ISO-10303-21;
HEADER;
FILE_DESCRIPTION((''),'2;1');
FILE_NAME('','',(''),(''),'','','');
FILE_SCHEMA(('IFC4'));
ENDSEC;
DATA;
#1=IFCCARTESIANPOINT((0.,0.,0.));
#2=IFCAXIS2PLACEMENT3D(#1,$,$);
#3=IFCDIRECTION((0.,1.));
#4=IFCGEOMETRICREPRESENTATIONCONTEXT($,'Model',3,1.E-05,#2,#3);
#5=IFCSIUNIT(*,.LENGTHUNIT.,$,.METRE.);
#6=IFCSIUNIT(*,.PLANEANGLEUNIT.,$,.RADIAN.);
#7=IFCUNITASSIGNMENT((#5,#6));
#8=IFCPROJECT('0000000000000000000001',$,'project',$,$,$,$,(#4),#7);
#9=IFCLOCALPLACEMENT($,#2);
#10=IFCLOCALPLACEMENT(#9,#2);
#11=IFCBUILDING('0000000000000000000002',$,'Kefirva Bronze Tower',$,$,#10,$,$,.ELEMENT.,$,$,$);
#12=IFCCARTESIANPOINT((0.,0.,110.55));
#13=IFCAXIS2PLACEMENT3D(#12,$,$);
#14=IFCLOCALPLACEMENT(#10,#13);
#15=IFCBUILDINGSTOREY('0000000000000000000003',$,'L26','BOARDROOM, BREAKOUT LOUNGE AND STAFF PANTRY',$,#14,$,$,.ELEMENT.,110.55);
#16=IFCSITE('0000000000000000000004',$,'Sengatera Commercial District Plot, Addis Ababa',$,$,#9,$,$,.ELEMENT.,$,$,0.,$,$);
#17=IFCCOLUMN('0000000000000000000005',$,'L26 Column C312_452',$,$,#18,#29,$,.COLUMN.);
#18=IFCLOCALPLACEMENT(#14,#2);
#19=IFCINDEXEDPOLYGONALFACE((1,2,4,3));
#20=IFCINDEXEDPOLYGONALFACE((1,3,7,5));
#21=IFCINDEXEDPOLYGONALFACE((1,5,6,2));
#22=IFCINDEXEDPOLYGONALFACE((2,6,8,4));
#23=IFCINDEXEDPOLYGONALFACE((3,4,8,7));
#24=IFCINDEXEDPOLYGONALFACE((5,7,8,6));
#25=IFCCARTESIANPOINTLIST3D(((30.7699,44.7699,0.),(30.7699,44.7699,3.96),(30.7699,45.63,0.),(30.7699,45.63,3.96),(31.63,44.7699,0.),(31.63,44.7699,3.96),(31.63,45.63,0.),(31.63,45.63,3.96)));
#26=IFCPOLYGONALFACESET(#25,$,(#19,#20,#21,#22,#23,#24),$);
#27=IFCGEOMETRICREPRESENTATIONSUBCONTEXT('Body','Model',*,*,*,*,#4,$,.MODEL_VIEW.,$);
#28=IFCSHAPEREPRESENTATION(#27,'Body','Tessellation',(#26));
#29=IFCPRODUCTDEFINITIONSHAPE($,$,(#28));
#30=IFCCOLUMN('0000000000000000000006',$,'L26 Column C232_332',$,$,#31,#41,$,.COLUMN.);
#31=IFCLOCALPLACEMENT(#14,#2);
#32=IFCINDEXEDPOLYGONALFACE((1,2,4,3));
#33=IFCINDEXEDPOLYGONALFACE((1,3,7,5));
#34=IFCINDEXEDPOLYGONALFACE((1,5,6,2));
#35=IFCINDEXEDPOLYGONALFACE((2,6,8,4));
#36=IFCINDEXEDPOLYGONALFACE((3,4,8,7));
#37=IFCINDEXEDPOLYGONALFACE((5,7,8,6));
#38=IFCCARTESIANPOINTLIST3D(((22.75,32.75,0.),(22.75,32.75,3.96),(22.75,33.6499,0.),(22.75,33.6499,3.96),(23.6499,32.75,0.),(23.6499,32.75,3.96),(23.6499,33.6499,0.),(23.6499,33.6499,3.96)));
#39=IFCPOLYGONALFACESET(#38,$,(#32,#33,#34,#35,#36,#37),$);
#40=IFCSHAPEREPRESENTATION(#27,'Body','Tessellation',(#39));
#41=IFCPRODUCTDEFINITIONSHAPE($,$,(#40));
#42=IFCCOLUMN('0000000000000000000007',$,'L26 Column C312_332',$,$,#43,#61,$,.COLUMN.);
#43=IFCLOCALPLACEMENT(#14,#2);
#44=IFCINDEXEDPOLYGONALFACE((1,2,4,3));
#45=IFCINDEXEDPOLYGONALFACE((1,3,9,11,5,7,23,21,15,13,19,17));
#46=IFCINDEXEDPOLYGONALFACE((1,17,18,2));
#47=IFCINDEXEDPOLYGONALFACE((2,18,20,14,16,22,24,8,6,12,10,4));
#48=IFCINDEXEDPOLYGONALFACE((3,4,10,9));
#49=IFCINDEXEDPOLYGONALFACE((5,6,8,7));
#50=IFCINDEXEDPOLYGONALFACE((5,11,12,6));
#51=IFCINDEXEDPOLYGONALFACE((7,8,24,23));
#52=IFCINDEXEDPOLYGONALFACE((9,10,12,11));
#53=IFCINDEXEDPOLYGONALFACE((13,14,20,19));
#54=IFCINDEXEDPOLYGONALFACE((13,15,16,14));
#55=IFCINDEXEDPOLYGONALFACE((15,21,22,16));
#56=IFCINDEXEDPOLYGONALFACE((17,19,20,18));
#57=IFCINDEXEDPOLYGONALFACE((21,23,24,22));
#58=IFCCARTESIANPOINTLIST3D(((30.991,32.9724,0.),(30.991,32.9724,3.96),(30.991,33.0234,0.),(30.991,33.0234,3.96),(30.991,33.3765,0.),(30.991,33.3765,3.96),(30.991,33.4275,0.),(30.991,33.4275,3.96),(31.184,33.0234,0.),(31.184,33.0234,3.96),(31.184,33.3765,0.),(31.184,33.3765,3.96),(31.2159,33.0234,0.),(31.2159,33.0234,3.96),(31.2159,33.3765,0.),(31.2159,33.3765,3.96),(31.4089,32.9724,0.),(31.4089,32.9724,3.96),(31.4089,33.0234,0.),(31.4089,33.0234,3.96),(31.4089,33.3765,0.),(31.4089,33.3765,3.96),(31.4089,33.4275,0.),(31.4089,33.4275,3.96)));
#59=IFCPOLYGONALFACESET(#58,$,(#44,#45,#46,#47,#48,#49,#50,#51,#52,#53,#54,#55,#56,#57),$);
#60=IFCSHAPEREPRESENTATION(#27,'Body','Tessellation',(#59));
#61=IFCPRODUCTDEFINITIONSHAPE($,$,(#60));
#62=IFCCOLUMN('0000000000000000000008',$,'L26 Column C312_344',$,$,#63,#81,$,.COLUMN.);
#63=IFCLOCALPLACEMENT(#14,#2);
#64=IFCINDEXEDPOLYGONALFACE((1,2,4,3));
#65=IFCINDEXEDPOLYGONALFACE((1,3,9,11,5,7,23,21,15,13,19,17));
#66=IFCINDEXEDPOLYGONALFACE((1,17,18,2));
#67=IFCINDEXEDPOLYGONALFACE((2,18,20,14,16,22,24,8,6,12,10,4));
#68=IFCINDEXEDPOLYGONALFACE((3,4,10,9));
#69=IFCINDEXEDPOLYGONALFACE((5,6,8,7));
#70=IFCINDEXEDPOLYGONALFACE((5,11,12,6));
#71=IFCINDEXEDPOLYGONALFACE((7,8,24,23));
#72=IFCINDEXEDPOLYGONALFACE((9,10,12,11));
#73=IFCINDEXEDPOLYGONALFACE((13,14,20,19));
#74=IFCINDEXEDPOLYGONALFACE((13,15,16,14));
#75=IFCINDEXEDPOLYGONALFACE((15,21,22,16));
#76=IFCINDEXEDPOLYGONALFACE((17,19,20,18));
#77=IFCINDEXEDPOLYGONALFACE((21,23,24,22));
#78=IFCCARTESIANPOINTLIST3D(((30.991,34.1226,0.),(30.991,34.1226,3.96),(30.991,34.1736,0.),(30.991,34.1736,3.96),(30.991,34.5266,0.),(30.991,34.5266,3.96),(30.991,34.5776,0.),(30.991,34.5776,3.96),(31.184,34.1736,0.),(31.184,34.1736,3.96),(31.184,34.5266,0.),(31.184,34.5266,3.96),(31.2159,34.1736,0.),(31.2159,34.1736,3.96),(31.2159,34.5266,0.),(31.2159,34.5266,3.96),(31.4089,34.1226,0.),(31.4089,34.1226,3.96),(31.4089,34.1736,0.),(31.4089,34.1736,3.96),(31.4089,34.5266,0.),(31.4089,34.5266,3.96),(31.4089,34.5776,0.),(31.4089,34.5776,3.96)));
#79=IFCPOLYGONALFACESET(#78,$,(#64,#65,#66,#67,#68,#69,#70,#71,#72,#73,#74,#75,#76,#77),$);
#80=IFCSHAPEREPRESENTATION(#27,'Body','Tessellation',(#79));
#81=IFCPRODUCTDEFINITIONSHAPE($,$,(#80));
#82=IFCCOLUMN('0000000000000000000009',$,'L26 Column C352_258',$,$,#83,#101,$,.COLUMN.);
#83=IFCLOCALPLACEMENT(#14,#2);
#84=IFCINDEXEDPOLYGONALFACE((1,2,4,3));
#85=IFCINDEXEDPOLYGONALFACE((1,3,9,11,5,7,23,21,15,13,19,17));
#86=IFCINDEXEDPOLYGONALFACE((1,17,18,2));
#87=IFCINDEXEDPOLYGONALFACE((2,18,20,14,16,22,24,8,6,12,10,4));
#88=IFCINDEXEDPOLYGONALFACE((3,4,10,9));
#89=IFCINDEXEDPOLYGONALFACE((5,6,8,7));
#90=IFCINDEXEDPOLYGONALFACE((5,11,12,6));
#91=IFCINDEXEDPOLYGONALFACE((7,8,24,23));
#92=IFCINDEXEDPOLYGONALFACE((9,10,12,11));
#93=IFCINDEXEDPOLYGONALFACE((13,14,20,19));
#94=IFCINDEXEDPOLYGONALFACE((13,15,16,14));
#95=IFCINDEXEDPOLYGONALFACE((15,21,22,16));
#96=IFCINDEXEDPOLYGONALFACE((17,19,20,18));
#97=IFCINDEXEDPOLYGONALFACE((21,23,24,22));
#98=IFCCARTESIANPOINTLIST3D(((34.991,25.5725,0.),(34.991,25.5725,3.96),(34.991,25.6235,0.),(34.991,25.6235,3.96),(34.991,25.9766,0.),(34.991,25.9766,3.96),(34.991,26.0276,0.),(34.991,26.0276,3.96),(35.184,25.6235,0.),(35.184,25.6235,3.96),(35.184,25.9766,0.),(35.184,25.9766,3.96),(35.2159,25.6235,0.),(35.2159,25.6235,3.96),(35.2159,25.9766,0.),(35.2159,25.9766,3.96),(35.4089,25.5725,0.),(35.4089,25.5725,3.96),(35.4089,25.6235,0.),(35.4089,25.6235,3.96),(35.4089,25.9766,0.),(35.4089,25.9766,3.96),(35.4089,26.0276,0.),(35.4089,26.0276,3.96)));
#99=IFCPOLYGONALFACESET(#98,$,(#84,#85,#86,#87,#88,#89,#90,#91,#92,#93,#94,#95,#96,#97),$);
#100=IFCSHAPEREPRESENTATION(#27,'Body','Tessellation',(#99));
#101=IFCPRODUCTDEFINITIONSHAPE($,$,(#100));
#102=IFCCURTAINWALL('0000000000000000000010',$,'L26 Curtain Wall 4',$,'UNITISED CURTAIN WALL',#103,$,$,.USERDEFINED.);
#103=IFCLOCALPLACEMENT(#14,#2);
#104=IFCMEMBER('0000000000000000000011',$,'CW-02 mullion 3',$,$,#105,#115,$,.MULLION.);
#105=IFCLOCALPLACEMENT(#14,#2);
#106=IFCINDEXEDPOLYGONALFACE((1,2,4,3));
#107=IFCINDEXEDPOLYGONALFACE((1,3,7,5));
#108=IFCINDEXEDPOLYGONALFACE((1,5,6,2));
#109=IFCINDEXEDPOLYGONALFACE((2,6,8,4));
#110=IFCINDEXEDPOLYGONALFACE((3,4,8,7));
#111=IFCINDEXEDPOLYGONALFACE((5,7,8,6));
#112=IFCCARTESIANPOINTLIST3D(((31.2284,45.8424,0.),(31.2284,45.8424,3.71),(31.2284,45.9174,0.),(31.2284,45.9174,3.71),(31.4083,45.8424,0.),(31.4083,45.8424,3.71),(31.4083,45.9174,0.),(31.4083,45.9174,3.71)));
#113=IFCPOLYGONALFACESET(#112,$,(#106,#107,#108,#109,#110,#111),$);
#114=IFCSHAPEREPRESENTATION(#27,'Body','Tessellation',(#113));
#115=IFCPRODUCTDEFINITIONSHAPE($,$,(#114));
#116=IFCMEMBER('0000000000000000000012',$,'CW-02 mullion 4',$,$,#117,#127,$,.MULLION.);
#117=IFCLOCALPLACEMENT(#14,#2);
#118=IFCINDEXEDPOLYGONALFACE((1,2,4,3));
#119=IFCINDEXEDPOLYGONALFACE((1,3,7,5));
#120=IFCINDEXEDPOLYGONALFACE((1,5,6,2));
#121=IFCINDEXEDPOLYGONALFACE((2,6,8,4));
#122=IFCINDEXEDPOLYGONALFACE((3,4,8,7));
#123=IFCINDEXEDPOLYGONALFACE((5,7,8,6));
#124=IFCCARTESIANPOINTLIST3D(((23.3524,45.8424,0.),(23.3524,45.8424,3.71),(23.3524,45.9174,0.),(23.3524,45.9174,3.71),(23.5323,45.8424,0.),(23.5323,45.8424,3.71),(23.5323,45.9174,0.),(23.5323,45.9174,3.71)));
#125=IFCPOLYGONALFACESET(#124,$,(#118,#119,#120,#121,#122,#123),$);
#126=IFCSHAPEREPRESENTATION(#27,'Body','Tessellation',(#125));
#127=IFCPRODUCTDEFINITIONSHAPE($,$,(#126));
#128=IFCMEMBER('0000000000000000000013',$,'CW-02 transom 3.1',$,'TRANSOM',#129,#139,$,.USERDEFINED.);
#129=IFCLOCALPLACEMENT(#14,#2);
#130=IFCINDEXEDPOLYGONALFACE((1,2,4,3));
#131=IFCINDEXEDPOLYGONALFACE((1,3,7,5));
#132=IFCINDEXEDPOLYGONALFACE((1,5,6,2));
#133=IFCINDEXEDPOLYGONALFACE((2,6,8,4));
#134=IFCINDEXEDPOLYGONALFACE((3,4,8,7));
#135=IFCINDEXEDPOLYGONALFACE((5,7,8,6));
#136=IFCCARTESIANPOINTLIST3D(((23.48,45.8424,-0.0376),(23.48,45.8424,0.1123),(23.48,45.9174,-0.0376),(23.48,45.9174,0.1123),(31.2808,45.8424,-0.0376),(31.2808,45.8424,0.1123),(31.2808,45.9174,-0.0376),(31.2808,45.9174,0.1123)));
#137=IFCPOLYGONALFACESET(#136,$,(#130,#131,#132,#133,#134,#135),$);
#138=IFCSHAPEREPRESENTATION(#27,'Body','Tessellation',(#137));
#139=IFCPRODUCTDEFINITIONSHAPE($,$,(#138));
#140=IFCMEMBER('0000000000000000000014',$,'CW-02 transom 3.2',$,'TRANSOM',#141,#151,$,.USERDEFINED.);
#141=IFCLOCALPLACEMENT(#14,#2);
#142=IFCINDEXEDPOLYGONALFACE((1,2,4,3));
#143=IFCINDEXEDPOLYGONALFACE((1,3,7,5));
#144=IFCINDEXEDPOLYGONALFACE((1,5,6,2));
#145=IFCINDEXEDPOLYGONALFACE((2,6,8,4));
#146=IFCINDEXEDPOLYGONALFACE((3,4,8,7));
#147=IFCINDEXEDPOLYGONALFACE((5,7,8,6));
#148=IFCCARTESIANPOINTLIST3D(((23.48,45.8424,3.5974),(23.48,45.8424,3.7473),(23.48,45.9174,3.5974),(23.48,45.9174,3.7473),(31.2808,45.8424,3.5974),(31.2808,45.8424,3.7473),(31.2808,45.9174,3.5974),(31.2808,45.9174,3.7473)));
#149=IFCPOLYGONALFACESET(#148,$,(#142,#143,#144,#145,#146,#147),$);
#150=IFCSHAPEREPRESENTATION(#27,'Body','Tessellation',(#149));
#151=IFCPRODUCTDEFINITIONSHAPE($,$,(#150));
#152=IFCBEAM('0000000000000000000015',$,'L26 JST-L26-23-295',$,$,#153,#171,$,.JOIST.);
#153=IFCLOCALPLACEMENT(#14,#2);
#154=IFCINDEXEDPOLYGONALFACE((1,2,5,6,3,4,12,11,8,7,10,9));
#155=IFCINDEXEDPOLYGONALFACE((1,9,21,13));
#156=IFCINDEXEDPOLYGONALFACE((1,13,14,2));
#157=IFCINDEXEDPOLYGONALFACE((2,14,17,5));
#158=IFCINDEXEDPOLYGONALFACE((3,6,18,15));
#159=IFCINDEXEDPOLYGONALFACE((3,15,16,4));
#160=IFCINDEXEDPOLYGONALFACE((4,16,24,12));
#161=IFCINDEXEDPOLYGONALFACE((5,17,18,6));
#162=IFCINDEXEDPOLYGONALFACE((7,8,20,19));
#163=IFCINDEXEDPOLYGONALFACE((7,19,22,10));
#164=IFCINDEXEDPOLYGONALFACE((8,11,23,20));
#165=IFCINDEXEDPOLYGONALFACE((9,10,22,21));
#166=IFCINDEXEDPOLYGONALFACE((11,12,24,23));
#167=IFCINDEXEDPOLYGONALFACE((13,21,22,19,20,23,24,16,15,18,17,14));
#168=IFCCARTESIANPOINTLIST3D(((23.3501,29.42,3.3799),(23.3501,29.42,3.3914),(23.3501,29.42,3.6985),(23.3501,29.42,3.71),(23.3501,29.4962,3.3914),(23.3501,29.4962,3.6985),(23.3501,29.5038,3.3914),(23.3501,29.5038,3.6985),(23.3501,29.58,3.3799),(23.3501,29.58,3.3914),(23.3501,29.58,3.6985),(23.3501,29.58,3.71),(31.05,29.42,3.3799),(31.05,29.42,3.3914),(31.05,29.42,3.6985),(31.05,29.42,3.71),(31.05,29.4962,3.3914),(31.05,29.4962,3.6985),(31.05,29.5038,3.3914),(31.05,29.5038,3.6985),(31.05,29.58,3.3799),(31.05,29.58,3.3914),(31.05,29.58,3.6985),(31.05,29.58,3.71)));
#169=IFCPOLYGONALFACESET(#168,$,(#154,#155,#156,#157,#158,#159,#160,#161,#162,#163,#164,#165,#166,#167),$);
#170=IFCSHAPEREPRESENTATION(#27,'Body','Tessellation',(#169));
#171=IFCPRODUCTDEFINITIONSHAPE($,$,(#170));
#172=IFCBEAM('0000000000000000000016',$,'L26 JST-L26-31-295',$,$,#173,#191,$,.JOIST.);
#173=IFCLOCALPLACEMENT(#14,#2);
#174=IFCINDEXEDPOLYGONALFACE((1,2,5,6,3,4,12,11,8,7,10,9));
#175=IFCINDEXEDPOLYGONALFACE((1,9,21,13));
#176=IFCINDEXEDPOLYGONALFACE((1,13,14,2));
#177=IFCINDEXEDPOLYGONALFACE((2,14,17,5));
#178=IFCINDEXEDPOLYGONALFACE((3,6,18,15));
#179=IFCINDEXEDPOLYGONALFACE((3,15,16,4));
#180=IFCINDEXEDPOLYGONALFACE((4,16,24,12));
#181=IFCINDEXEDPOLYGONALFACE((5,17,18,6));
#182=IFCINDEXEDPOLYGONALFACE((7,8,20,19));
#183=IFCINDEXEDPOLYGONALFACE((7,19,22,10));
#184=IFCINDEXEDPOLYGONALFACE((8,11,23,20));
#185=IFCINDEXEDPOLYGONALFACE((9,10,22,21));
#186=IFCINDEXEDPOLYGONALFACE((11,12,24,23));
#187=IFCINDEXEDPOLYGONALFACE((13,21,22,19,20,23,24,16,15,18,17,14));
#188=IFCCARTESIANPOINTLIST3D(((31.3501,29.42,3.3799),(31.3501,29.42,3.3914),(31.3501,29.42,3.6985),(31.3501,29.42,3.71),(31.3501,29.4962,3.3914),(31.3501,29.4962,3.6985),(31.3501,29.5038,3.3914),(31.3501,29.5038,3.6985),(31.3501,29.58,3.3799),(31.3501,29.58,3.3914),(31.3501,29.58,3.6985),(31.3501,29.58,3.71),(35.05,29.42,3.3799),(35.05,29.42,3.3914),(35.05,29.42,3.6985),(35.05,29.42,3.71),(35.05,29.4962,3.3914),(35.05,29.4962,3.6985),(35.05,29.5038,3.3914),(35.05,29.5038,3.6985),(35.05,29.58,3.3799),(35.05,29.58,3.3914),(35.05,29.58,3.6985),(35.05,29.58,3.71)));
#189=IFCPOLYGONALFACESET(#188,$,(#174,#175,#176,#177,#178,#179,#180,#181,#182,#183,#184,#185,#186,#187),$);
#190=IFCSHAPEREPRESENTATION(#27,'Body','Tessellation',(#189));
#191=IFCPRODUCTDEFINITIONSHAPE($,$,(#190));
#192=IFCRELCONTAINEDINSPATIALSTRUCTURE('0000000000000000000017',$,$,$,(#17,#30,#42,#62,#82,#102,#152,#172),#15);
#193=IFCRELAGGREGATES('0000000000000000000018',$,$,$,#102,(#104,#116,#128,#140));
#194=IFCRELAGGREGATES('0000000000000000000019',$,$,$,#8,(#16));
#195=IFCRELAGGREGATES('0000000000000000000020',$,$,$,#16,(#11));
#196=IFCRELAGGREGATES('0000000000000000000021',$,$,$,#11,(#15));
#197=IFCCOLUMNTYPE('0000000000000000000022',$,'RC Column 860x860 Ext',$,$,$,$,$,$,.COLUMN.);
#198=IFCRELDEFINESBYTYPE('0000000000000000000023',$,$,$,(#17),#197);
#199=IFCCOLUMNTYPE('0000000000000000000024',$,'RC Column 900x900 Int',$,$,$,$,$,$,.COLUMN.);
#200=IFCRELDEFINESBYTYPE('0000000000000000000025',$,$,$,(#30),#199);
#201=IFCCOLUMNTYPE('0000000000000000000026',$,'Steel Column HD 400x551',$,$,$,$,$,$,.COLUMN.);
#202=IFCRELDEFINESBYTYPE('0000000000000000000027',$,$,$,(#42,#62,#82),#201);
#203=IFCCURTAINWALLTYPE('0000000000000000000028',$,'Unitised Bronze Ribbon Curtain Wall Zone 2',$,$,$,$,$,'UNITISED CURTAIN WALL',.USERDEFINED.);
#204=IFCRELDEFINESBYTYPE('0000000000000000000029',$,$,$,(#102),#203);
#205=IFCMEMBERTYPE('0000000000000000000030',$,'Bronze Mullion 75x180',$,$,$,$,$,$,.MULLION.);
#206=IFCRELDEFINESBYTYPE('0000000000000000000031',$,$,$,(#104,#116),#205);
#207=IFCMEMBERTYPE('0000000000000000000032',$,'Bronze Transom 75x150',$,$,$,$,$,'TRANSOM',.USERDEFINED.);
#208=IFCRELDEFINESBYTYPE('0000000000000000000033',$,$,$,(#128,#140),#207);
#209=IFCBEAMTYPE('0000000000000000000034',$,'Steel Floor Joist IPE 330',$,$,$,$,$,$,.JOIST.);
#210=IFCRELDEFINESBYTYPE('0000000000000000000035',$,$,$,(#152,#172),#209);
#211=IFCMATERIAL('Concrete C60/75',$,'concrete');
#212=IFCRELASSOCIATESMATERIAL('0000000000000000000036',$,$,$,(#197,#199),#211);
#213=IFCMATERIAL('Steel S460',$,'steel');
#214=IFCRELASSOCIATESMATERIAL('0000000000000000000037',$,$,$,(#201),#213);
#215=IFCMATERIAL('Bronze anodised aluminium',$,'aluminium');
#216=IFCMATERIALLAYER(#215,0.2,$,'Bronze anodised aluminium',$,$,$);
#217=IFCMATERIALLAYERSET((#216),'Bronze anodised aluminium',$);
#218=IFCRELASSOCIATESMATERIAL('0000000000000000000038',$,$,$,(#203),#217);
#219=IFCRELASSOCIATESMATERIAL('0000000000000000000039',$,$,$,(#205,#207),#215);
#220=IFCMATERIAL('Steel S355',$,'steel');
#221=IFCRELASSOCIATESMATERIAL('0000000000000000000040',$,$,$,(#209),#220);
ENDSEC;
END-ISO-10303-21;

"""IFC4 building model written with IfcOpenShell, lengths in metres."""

from ifc_helpers import new_model, si_unit, direction, frame, origin, origin_2d, place, context, subcontext, project, spatial, rectangle, i_section, extrude, material, layer, layer_set, material_profile, profile_set, type_object, element, aggregate, save


model = new_model("IFC4")

# Units and contexts
model_context = context("Model", 3, precision=1e-05, world=origin(), true_north=direction((0.0, 1.0)))
body_context = subcontext(model_context, "Body", "Model", "MODEL_VIEW")
ifc_project = project(units=[si_unit("LENGTHUNIT", "METRE"), si_unit("PLANEANGLEUNIT", "RADIAN")], contexts=[model_context])

# Site, building, storey
site_placement = place(None, origin())
site = spatial("IfcSite", under=ifc_project, at=site_placement, Name="Sengatera Commercial District Plot, Addis Ababa", CompositionType="ELEMENT", RefElevation=0.0)
building_placement = place(site_placement, origin())
building = spatial("IfcBuilding", under=site, at=building_placement, Name="Kefirva Bronze Tower", CompositionType="ELEMENT")
storey_placement = place(building_placement, frame((0.0, 0.0, 110.55)))
storey = spatial("IfcBuildingStorey", under=building, at=storey_placement, Name="L26", Description="BOARDROOM, BREAKOUT LOUNGE AND STAFF PANTRY", CompositionType="ELEMENT", Elevation=110.55)

# Columns
ifc_material_1 = material(Name="Concrete C60/75", Category="concrete")
ifc_material_profile_1 = material_profile(ifc_material_1, rectangle(XDim=0.8601, YDim=0.8601, at=origin_2d()), Name="RC 860x860")
ifc_profile_set_1 = profile_set([ifc_material_profile_1], Name="Concrete C60/75")
column_type_1 = type_object("IfcColumnType", Name="RC Column 860x860 Ext", PredefinedType="COLUMN", material=ifc_profile_set_1)
column_1_placement = place(storey_placement, frame((31.2, 45.2, 0.0), z_axis=(0.0, 0.0, 1.0), x_axis=(1.0, 0.0, 0.0)))
element("IfcColumn", 1, at=column_1_placement, inside=storey, type_object=column_type_1, Name="L26 Column C312_452", PredefinedType="COLUMN", context=body_context, shape_type="SweptSolid", body=[
    extrude(rectangle(XDim=0.8601, YDim=0.8601, at=origin_2d()), origin(), (0.0, 0.0, 1.0), 3.96),
])
ifc_material_profile_2 = material_profile(ifc_material_1, rectangle(XDim=0.8999, YDim=0.8999, at=origin_2d()), Name="RC 900x900")
ifc_profile_set_2 = profile_set([ifc_material_profile_2], Name="Concrete C60/75")
column_type_2 = type_object("IfcColumnType", Name="RC Column 900x900 Int", PredefinedType="COLUMN", material=ifc_profile_set_2)
column_2_placement = place(storey_placement, frame((23.2, 33.2, 0.0), z_axis=(0.0, 0.0, 1.0), x_axis=(1.0, 0.0, 0.0)))
element("IfcColumn", 2, at=column_2_placement, inside=storey, type_object=column_type_2, Name="L26 Column C232_332", PredefinedType="COLUMN", context=body_context, shape_type="SweptSolid", body=[
    extrude(rectangle(XDim=0.8999, YDim=0.8999, at=origin_2d()), origin(), (0.0, 0.0, 1.0), 3.96),
])
ifc_material_2 = material(Name="Steel S460", Category="steel")
ifc_material_profile_3 = material_profile(ifc_material_2, i_section(OverallWidth=0.418, OverallDepth=0.4551, WebThickness=0.032, FlangeThickness=0.051, at=origin_2d()), Name="HD 400x551")
ifc_profile_set_3 = profile_set([ifc_material_profile_3], Name="Steel S460")
column_type_3 = type_object("IfcColumnType", Name="Steel Column HD 400x551", PredefinedType="COLUMN", material=ifc_profile_set_3)
for number, where, z_axis, x_axis, name in (
    (3, (31.2, 33.2, 0.0), (0.0, 0.0, 1.0), (1.0, 0.0, 0.0), "L26 Column C312_332"),
    (4, (31.2, 34.3501, 0.0), (0.0, 0.0, 1.0), (1.0, 0.0, 0.0), "L26 Column C312_344"),
    (5, (35.2, 25.8, 0.0), (0.0, 0.0, 1.0), (1.0, 0.0, 0.0), "L26 Column C352_258"),
):
    element("IfcColumn", number, at=place(storey_placement, frame(where, z_axis=z_axis, x_axis=x_axis)), inside=storey, type_object=column_type_3, Name=name, PredefinedType="COLUMN", context=body_context, shape_type="SweptSolid", body=[
        extrude(i_section(OverallWidth=0.418, OverallDepth=0.4551, WebThickness=0.032, FlangeThickness=0.051, at=origin_2d()), origin(), (0.0, 0.0, 1.0), 3.96),
    ])

# Curtain wall, members
ifc_material_3 = material(Name="Bronze anodised aluminium", Category="aluminium")
ifc_layer_1 = layer(ifc_material_3, 0.2, Name="Bronze anodised aluminium")
ifc_layer_set_1 = layer_set([ifc_layer_1], Name="Bronze anodised aluminium")
curtain_wall_type = type_object("IfcCurtainWallType", Name="Unitised Bronze Ribbon Curtain Wall Zone 2", ElementType="UNITISED CURTAIN WALL", PredefinedType="USERDEFINED", material=ifc_layer_set_1)
curtain_wall_placement = place(storey_placement, origin())
curtain_wall = element("IfcCurtainWall", 6, at=curtain_wall_placement, inside=storey, type_object=curtain_wall_type, Name="L26 Curtain Wall 4", ObjectType="UNITISED CURTAIN WALL", PredefinedType="USERDEFINED")
ifc_material_profile_4 = material_profile(ifc_material_3, rectangle(XDim=0.075, YDim=0.1799, at=origin_2d()), Name="ALU 75x180")
ifc_profile_set_4 = profile_set([ifc_material_profile_4], Name="Bronze anodised aluminium")
member_type_1 = type_object("IfcMemberType", Name="Bronze Mullion 75x180", PredefinedType="MULLION", material=ifc_profile_set_4)
member_1_placement = place(storey_placement, frame((31.3184, 45.8799, 0.0), z_axis=(0.0, 0.0, 1.0), x_axis=(0.0, -1.0, 0.0)))
member_1 = element("IfcMember", 7, at=member_1_placement, type_object=member_type_1, Name="CW-02 mullion 3", PredefinedType="MULLION", context=body_context, shape_type="SweptSolid", body=[
    extrude(rectangle(XDim=0.075, YDim=0.1799, at=origin_2d()), origin(), (0.0, 0.0, 1.0), 3.71),
])
member_2_placement = place(storey_placement, frame((23.4424, 45.8799, 0.0), z_axis=(0.0, 0.0, 1.0), x_axis=(0.0, -1.0, 0.0)))
member_2 = element("IfcMember", 8, at=member_2_placement, type_object=member_type_1, Name="CW-02 mullion 4", PredefinedType="MULLION", context=body_context, shape_type="SweptSolid", body=[
    extrude(rectangle(XDim=0.075, YDim=0.1799, at=origin_2d()), origin(), (0.0, 0.0, 1.0), 3.71),
])
ifc_material_profile_5 = material_profile(ifc_material_3, rectangle(XDim=0.075, YDim=0.1499, at=origin_2d()), Name="ALU 75x150")
ifc_profile_set_5 = profile_set([ifc_material_profile_5], Name="Bronze anodised aluminium")
member_type_2 = type_object("IfcMemberType", Name="Bronze Transom 75x150", ElementType="TRANSOM", PredefinedType="USERDEFINED", material=ifc_profile_set_5)
member_3_placement = place(storey_placement, frame((31.2808, 45.8799, 0.0374), z_axis=(-1.0, 0.0, 0.0), x_axis=(0.0, -1.0, 0.0)))
member_3 = element("IfcMember", 9, at=member_3_placement, type_object=member_type_2, Name="CW-02 transom 3.1", ObjectType="TRANSOM", PredefinedType="USERDEFINED", context=body_context, shape_type="SweptSolid", body=[
    extrude(rectangle(XDim=0.075, YDim=0.1499, at=origin_2d()), origin(), (0.0, 0.0, 1.0), 7.8008),
])
member_4_placement = place(storey_placement, frame((31.2808, 45.8799, 3.6724), z_axis=(-1.0, 0.0, 0.0), x_axis=(0.0, -1.0, 0.0)))
member_4 = element("IfcMember", 10, at=member_4_placement, type_object=member_type_2, Name="CW-02 transom 3.2", ObjectType="TRANSOM", PredefinedType="USERDEFINED", context=body_context, shape_type="SweptSolid", body=[
    extrude(rectangle(XDim=0.075, YDim=0.1499, at=origin_2d()), origin(), (0.0, 0.0, 1.0), 7.8008),
])

# Beams
ifc_material_4 = material(Name="Steel S355", Category="steel")
ifc_material_profile_6 = material_profile(ifc_material_4, i_section(OverallWidth=0.1599, OverallDepth=0.3301, WebThickness=0.0076, FlangeThickness=0.0115, at=origin_2d()), Name="IPE 330")
ifc_profile_set_6 = profile_set([ifc_material_profile_6], Name="Steel S355")
beam_type_1 = type_object("IfcBeamType", Name="Steel Floor Joist IPE 330", PredefinedType="JOIST", material=ifc_profile_set_6)
beam_1_placement = place(storey_placement, frame((23.3501, 29.5, 3.5449), z_axis=(1.0, 0.0, 0.0), x_axis=(0.0, 1.0, 0.0)))
element("IfcBeam", 11, at=beam_1_placement, inside=storey, type_object=beam_type_1, Name="L26 JST-L26-23-295", PredefinedType="JOIST", context=body_context, shape_type="SweptSolid", body=[
    extrude(i_section(OverallWidth=0.1599, OverallDepth=0.3301, WebThickness=0.0076, FlangeThickness=0.0115, at=origin_2d()), origin(), (0.0, 0.0, 1.0), 7.7),
])
for number, where, z_axis, x_axis, name in (
    (12, (31.3501, 29.5, 3.5449), (1.0, 0.0, 0.0), (0.0, 1.0, 0.0), "L26 JST-L26-31-295"),
):
    element("IfcBeam", number, at=place(storey_placement, frame(where, z_axis=z_axis, x_axis=x_axis)), inside=storey, type_object=beam_type_1, Name=name, PredefinedType="JOIST", context=body_context, shape_type="SweptSolid", body=[
        extrude(i_section(OverallWidth=0.1599, OverallDepth=0.3301, WebThickness=0.0076, FlangeThickness=0.0115, at=origin_2d()), origin(), (0.0, 0.0, 1.0), 3.7),
    ])

aggregate(curtain_wall, [member_1, member_2, member_3, member_4])

save(model, "model.ifc")
